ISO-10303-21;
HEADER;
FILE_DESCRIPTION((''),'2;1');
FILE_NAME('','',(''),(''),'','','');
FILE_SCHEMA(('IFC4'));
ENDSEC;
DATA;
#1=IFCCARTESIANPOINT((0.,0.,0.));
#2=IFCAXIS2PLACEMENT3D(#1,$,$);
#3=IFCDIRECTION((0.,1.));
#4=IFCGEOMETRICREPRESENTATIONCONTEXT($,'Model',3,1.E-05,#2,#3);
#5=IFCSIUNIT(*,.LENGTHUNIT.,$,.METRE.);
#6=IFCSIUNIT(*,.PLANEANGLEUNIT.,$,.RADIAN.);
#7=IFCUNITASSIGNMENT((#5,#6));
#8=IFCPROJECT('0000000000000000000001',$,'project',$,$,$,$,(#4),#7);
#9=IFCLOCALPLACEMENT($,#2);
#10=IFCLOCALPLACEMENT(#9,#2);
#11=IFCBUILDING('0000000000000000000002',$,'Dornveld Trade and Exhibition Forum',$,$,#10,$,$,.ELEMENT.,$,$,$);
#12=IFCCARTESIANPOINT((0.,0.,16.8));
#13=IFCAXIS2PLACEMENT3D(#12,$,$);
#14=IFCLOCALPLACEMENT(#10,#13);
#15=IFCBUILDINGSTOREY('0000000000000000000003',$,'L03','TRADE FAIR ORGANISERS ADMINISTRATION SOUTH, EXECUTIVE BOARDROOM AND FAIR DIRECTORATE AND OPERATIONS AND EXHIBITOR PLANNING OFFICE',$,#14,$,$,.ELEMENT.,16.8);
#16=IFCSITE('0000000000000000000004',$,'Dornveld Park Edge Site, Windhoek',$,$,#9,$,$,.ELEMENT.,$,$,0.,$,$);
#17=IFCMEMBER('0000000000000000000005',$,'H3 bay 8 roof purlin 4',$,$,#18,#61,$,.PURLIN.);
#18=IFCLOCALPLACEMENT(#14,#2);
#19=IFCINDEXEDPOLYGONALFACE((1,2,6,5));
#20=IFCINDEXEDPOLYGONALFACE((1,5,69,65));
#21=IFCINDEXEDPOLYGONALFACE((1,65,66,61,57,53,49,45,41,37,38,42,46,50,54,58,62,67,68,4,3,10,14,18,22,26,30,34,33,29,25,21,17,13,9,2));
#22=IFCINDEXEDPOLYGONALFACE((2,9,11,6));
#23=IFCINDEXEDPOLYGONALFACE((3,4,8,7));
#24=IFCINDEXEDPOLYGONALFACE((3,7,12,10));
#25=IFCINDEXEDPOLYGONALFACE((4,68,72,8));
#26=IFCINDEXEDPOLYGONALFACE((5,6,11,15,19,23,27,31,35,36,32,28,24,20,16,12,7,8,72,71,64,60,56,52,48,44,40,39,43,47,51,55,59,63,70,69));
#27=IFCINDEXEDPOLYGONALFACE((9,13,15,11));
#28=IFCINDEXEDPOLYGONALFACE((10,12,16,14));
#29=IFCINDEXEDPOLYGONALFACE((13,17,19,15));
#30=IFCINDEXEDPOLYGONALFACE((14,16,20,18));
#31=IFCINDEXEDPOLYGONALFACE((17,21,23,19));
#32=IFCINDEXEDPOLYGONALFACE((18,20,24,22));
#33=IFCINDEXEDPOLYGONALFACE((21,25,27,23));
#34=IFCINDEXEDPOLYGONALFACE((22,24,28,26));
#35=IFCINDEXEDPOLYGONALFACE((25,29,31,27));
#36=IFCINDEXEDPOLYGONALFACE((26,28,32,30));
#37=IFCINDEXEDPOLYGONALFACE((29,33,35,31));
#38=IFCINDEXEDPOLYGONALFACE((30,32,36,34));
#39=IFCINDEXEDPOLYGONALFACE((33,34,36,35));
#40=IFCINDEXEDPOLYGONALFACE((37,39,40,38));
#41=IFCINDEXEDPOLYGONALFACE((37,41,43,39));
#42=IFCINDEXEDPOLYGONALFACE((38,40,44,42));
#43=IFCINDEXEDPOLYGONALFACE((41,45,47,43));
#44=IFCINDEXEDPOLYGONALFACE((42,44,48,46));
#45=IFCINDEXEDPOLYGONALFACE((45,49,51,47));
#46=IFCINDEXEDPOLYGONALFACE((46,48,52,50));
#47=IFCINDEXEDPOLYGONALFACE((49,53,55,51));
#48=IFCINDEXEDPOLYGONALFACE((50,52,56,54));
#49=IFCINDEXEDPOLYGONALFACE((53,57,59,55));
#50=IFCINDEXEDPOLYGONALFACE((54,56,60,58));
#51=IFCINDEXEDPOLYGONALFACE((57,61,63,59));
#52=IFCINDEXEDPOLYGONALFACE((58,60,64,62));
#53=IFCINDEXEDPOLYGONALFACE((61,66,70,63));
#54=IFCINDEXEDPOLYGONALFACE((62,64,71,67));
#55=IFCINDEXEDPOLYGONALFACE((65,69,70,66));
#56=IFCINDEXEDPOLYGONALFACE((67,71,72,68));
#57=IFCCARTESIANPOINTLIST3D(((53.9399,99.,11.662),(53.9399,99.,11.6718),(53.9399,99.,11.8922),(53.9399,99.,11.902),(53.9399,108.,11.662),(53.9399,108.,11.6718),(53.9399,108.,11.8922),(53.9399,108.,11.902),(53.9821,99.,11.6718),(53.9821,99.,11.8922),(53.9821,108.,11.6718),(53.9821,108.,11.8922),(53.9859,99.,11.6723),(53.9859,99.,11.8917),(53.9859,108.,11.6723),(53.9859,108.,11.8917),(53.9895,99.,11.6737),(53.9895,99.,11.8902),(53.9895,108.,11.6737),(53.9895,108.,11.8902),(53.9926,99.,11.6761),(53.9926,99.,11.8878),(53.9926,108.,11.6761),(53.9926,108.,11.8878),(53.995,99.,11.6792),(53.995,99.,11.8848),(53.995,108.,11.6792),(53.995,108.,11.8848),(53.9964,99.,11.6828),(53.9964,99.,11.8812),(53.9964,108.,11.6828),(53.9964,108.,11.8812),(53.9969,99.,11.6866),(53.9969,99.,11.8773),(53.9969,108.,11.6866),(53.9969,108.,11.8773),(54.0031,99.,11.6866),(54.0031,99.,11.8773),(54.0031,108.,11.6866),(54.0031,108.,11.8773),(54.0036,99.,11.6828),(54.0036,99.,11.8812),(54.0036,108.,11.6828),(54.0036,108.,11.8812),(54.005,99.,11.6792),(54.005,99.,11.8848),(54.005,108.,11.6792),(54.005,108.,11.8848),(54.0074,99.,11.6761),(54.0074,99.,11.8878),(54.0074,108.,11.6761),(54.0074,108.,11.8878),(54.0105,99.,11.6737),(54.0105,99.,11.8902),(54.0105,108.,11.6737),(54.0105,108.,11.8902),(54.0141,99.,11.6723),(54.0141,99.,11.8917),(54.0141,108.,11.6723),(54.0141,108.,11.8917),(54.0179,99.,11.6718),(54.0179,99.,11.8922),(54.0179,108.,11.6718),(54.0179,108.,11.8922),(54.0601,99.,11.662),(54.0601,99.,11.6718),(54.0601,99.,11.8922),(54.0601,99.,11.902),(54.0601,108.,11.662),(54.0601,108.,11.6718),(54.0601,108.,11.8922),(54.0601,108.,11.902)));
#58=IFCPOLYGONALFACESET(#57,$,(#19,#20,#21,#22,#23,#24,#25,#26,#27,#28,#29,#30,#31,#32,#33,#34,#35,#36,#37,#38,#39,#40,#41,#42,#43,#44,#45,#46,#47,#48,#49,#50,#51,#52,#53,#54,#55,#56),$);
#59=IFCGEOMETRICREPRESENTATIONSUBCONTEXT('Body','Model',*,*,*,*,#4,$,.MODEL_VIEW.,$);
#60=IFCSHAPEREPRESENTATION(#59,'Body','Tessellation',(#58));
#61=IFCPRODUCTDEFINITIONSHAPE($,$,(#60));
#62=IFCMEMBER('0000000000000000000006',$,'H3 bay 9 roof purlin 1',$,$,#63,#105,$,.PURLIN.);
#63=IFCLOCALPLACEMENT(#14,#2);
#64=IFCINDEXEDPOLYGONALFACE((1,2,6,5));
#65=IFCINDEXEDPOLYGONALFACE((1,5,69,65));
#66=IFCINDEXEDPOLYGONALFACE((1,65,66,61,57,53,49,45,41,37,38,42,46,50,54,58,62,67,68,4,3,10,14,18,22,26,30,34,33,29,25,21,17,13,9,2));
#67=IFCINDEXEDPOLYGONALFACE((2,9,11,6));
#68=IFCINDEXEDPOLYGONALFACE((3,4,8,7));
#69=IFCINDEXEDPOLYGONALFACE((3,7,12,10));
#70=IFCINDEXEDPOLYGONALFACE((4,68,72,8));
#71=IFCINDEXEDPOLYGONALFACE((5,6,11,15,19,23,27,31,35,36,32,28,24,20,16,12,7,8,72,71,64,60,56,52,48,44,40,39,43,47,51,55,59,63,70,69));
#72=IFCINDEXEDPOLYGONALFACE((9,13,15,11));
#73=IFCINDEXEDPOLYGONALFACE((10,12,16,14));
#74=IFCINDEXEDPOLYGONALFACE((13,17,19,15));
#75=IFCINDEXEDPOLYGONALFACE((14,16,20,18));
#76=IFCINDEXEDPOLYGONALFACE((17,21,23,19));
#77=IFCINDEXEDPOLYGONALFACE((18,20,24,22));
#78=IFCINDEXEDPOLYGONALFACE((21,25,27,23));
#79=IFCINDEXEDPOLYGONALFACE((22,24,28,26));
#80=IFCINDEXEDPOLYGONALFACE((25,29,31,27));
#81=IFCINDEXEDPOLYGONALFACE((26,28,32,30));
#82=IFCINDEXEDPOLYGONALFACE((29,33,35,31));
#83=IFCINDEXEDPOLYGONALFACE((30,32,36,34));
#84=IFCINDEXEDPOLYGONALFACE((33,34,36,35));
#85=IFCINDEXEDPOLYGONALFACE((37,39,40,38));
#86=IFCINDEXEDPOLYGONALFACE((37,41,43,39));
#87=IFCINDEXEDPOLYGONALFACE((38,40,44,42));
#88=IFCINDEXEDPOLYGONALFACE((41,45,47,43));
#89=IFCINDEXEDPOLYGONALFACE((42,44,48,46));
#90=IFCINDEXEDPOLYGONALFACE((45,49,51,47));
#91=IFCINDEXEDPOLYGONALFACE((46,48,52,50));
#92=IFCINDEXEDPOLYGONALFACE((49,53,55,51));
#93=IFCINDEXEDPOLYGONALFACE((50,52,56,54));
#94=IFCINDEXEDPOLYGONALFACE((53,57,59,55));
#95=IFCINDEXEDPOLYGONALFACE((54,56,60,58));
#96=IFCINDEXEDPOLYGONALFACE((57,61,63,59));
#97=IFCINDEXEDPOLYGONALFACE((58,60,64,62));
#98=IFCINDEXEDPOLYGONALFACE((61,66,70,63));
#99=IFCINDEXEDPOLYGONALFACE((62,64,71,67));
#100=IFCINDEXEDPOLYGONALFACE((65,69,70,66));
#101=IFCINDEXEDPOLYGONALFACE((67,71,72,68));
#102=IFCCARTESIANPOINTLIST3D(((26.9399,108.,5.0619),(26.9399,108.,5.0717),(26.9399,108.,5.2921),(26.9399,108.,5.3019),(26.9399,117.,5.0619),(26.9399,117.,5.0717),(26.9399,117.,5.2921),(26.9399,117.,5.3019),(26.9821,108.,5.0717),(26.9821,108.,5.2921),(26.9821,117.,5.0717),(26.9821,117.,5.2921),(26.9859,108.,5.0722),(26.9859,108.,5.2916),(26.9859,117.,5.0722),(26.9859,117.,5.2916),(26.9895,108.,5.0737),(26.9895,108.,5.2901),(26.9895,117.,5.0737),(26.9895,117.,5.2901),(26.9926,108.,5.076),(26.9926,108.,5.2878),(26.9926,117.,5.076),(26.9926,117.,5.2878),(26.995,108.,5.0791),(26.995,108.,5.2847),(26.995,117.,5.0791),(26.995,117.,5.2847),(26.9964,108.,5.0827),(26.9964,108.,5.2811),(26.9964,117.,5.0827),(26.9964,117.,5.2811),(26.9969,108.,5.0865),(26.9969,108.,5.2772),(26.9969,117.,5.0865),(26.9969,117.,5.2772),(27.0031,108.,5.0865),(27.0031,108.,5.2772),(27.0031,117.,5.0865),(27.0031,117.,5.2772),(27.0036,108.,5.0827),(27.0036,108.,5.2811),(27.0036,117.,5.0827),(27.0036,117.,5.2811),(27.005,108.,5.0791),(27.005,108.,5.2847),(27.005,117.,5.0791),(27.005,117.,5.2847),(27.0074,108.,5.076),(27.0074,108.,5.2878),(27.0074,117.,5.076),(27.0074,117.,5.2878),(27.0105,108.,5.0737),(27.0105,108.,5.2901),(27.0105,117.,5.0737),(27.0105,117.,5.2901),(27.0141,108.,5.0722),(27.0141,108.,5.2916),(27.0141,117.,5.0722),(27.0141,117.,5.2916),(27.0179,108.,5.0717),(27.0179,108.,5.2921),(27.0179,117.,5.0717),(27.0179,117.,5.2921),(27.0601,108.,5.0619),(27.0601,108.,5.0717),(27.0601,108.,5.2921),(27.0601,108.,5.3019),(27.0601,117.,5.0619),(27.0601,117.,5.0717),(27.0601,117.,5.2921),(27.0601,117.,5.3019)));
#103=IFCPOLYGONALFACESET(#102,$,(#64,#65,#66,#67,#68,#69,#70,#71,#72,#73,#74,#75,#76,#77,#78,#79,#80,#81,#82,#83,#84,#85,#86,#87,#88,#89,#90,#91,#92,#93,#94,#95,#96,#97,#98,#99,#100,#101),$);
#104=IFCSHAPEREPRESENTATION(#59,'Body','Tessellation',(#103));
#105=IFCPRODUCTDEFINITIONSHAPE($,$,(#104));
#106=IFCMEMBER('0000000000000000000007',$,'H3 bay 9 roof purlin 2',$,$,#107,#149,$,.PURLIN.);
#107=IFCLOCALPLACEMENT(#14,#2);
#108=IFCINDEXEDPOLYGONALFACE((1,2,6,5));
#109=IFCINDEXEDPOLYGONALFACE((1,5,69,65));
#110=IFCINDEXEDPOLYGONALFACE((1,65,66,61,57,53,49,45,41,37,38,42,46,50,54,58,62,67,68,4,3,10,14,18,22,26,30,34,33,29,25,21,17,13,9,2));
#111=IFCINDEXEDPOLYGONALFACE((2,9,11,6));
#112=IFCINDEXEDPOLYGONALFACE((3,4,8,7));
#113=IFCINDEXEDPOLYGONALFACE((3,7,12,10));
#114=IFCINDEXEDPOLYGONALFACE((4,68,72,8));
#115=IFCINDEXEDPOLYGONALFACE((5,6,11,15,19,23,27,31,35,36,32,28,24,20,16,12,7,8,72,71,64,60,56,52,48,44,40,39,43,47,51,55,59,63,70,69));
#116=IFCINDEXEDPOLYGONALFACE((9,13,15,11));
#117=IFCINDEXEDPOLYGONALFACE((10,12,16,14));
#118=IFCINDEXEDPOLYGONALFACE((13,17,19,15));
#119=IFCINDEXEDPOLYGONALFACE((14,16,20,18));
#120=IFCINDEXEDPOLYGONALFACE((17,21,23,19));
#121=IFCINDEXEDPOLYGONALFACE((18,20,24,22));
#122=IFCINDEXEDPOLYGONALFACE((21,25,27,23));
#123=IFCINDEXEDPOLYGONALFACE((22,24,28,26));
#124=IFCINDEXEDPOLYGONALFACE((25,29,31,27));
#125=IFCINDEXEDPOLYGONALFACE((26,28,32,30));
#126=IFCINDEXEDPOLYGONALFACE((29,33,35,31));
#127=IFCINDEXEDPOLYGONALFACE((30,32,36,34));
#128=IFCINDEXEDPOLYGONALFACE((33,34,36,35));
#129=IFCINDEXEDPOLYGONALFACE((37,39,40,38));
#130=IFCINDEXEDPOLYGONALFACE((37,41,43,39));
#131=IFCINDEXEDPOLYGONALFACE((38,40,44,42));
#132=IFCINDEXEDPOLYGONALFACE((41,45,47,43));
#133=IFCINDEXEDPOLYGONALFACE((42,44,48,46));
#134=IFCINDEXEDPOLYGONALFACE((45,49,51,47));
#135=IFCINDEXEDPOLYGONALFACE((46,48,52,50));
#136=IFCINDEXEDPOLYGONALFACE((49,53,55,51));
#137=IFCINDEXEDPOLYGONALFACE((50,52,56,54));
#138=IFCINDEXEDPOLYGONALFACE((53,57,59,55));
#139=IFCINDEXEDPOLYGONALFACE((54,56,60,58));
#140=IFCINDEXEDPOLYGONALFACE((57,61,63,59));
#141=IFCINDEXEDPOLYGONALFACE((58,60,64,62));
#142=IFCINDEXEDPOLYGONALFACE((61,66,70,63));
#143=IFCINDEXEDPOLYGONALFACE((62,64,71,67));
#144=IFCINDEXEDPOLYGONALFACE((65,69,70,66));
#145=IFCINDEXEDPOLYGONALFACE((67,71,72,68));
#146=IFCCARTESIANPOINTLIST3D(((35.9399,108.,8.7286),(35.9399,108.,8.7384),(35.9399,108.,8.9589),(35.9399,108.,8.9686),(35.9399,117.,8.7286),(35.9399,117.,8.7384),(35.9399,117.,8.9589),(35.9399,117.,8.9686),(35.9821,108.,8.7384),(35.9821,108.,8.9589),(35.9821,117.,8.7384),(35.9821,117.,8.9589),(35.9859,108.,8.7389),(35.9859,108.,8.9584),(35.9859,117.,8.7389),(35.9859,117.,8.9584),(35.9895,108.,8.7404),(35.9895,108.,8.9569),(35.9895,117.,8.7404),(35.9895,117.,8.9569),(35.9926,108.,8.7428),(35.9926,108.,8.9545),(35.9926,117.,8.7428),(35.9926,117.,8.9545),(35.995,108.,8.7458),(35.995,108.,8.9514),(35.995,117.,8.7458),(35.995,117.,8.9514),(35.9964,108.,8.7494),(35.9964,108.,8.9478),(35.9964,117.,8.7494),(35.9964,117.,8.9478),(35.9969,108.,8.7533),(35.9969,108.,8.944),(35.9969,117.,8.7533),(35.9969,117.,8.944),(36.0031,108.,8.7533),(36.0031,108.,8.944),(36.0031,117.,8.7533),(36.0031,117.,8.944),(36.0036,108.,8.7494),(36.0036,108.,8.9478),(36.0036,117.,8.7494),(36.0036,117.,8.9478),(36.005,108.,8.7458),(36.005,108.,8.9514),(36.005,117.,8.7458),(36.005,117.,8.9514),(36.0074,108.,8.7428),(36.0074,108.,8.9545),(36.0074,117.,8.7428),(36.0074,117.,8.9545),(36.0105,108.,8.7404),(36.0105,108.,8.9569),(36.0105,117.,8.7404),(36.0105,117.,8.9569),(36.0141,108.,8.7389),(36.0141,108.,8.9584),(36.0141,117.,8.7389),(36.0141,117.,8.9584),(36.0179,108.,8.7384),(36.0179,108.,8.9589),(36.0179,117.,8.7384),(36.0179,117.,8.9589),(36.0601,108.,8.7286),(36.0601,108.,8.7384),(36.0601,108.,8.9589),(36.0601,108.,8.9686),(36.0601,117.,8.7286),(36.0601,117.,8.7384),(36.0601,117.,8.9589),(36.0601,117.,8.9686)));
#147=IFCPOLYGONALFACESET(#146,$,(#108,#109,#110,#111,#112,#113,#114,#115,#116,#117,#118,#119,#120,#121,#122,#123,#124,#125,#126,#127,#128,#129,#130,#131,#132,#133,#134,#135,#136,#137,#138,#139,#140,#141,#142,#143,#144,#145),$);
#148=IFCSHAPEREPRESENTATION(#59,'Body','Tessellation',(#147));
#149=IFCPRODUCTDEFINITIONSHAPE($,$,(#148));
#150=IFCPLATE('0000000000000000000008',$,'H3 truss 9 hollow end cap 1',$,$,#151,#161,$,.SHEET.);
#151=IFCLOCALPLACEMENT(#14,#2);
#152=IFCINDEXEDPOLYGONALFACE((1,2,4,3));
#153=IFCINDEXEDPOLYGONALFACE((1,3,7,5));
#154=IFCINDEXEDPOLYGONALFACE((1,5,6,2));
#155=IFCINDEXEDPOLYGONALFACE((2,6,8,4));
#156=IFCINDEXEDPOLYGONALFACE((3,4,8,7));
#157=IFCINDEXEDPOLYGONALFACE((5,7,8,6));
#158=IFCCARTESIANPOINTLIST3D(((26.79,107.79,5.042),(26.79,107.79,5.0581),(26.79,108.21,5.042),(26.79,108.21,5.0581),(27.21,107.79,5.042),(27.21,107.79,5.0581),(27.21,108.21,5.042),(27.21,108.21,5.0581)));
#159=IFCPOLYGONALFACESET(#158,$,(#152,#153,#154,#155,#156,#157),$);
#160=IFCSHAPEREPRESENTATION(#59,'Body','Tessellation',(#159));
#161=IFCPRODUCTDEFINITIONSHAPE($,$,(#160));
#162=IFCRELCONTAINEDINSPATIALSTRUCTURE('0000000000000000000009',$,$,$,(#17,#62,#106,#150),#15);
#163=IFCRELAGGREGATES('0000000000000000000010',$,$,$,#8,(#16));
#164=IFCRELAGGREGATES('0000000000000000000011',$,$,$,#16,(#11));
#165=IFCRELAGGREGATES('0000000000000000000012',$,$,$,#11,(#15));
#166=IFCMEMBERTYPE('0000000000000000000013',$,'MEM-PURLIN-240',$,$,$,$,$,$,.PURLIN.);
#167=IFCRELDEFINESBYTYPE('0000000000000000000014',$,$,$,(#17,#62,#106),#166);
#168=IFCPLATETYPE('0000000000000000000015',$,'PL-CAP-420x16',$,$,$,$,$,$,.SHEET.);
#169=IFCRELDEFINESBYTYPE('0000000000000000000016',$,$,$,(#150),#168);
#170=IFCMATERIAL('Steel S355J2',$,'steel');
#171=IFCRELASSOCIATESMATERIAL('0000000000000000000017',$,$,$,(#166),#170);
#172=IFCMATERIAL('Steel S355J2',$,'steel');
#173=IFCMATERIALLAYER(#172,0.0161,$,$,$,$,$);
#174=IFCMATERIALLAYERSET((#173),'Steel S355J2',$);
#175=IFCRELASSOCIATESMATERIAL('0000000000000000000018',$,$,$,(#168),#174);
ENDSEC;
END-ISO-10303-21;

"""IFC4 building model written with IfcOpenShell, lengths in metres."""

from ifc_helpers import new_model, si_unit, direction, frame, origin, origin_2d, place, context, subcontext, project, spatial, rectangle, i_section, extrude, material, layer, layer_set, material_profile, profile_set, type_object, element, save


model = new_model("IFC4")

# Units and contexts
model_context = context("Model", 3, precision=1e-05, world=origin(), true_north=direction((0.0, 1.0)))
body_context = subcontext(model_context, "Body", "Model", "MODEL_VIEW")
ifc_project = project(units=[si_unit("LENGTHUNIT", "METRE"), si_unit("PLANEANGLEUNIT", "RADIAN")], contexts=[model_context])

# Site, building, storey
site_placement = place(None, origin())
site = spatial("IfcSite", under=ifc_project, at=site_placement, Name="Dornveld Park Edge Site, Windhoek", CompositionType="ELEMENT", RefElevation=0.0)
building_placement = place(site_placement, origin())
building = spatial("IfcBuilding", under=site, at=building_placement, Name="Dornveld Trade and Exhibition Forum", CompositionType="ELEMENT")
storey_placement = place(building_placement, frame((0.0, 0.0, 16.8)))
storey = spatial("IfcBuildingStorey", under=building, at=storey_placement, Name="L03", Description="TRADE FAIR ORGANISERS ADMINISTRATION SOUTH, EXECUTIVE BOARDROOM AND FAIR DIRECTORATE AND OPERATIONS AND EXHIBITOR PLANNING OFFICE", CompositionType="ELEMENT", Elevation=16.8)

# Members
ifc_material_1 = material(Name="Steel S355J2", Category="steel")
ifc_material_profile_1 = material_profile(ifc_material_1, i_section(OverallWidth=0.1201, OverallDepth=0.24, WebThickness=0.0061, FlangeThickness=0.0098, FilletRadius=0.0149, at=origin_2d()), Name="IPE 240")
ifc_profile_set_1 = profile_set([ifc_material_profile_1], Name="Steel S355J2")
member_type_1 = type_object("IfcMemberType", Name="MEM-PURLIN-240", PredefinedType="PURLIN", material=ifc_profile_set_1)
for number, where, z_axis, x_axis, name in (
    (1, (54.0, 99.0, 11.782), (0.0, 1.0, 0.0), (-1.0, 0.0, 0.0), "H3 bay 8 roof purlin 4"),
    (2, (27.0, 108.0, 5.1819), (0.0, 1.0, 0.0), (-1.0, 0.0, 0.0), "H3 bay 9 roof purlin 1"),
    (3, (36.0, 108.0, 8.8486), (0.0, 1.0, 0.0), (-1.0, 0.0, 0.0), "H3 bay 9 roof purlin 2"),
):
    element("IfcMember", number, at=place(storey_placement, frame(where, z_axis=z_axis, x_axis=x_axis)), inside=storey, type_object=member_type_1, Name=name, PredefinedType="PURLIN", context=body_context, shape_type="SweptSolid", body=[
        extrude(i_section(OverallWidth=0.1201, OverallDepth=0.24, WebThickness=0.0061, FlangeThickness=0.0098, FilletRadius=0.0149, at=origin_2d()), origin(), (0.0, 0.0, 1.0), 9.0),
    ])

# Plate
ifc_material_2 = material(Name="Steel S355J2", Category="steel")
ifc_layer = layer(ifc_material_2, 0.0161)
ifc_layer_set = layer_set([ifc_layer], Name="Steel S355J2")
plate_type = type_object("IfcPlateType", Name="PL-CAP-420x16", PredefinedType="SHEET", material=ifc_layer_set)
plate_placement = place(storey_placement, frame((27.0, 108.0, 5.042), z_axis=(0.0, 0.0, 1.0), x_axis=(1.0, 0.0, 0.0)))
element("IfcPlate", 4, at=plate_placement, inside=storey, type_object=plate_type, Name="H3 truss 9 hollow end cap 1", PredefinedType="SHEET", context=body_context, shape_type="SweptSolid", body=[
    extrude(rectangle(XDim=0.4199, YDim=0.4199, at=origin_2d()), origin(), (0.0, 0.0, 1.0), 0.0161),
])

save(model, "model.ifc")
